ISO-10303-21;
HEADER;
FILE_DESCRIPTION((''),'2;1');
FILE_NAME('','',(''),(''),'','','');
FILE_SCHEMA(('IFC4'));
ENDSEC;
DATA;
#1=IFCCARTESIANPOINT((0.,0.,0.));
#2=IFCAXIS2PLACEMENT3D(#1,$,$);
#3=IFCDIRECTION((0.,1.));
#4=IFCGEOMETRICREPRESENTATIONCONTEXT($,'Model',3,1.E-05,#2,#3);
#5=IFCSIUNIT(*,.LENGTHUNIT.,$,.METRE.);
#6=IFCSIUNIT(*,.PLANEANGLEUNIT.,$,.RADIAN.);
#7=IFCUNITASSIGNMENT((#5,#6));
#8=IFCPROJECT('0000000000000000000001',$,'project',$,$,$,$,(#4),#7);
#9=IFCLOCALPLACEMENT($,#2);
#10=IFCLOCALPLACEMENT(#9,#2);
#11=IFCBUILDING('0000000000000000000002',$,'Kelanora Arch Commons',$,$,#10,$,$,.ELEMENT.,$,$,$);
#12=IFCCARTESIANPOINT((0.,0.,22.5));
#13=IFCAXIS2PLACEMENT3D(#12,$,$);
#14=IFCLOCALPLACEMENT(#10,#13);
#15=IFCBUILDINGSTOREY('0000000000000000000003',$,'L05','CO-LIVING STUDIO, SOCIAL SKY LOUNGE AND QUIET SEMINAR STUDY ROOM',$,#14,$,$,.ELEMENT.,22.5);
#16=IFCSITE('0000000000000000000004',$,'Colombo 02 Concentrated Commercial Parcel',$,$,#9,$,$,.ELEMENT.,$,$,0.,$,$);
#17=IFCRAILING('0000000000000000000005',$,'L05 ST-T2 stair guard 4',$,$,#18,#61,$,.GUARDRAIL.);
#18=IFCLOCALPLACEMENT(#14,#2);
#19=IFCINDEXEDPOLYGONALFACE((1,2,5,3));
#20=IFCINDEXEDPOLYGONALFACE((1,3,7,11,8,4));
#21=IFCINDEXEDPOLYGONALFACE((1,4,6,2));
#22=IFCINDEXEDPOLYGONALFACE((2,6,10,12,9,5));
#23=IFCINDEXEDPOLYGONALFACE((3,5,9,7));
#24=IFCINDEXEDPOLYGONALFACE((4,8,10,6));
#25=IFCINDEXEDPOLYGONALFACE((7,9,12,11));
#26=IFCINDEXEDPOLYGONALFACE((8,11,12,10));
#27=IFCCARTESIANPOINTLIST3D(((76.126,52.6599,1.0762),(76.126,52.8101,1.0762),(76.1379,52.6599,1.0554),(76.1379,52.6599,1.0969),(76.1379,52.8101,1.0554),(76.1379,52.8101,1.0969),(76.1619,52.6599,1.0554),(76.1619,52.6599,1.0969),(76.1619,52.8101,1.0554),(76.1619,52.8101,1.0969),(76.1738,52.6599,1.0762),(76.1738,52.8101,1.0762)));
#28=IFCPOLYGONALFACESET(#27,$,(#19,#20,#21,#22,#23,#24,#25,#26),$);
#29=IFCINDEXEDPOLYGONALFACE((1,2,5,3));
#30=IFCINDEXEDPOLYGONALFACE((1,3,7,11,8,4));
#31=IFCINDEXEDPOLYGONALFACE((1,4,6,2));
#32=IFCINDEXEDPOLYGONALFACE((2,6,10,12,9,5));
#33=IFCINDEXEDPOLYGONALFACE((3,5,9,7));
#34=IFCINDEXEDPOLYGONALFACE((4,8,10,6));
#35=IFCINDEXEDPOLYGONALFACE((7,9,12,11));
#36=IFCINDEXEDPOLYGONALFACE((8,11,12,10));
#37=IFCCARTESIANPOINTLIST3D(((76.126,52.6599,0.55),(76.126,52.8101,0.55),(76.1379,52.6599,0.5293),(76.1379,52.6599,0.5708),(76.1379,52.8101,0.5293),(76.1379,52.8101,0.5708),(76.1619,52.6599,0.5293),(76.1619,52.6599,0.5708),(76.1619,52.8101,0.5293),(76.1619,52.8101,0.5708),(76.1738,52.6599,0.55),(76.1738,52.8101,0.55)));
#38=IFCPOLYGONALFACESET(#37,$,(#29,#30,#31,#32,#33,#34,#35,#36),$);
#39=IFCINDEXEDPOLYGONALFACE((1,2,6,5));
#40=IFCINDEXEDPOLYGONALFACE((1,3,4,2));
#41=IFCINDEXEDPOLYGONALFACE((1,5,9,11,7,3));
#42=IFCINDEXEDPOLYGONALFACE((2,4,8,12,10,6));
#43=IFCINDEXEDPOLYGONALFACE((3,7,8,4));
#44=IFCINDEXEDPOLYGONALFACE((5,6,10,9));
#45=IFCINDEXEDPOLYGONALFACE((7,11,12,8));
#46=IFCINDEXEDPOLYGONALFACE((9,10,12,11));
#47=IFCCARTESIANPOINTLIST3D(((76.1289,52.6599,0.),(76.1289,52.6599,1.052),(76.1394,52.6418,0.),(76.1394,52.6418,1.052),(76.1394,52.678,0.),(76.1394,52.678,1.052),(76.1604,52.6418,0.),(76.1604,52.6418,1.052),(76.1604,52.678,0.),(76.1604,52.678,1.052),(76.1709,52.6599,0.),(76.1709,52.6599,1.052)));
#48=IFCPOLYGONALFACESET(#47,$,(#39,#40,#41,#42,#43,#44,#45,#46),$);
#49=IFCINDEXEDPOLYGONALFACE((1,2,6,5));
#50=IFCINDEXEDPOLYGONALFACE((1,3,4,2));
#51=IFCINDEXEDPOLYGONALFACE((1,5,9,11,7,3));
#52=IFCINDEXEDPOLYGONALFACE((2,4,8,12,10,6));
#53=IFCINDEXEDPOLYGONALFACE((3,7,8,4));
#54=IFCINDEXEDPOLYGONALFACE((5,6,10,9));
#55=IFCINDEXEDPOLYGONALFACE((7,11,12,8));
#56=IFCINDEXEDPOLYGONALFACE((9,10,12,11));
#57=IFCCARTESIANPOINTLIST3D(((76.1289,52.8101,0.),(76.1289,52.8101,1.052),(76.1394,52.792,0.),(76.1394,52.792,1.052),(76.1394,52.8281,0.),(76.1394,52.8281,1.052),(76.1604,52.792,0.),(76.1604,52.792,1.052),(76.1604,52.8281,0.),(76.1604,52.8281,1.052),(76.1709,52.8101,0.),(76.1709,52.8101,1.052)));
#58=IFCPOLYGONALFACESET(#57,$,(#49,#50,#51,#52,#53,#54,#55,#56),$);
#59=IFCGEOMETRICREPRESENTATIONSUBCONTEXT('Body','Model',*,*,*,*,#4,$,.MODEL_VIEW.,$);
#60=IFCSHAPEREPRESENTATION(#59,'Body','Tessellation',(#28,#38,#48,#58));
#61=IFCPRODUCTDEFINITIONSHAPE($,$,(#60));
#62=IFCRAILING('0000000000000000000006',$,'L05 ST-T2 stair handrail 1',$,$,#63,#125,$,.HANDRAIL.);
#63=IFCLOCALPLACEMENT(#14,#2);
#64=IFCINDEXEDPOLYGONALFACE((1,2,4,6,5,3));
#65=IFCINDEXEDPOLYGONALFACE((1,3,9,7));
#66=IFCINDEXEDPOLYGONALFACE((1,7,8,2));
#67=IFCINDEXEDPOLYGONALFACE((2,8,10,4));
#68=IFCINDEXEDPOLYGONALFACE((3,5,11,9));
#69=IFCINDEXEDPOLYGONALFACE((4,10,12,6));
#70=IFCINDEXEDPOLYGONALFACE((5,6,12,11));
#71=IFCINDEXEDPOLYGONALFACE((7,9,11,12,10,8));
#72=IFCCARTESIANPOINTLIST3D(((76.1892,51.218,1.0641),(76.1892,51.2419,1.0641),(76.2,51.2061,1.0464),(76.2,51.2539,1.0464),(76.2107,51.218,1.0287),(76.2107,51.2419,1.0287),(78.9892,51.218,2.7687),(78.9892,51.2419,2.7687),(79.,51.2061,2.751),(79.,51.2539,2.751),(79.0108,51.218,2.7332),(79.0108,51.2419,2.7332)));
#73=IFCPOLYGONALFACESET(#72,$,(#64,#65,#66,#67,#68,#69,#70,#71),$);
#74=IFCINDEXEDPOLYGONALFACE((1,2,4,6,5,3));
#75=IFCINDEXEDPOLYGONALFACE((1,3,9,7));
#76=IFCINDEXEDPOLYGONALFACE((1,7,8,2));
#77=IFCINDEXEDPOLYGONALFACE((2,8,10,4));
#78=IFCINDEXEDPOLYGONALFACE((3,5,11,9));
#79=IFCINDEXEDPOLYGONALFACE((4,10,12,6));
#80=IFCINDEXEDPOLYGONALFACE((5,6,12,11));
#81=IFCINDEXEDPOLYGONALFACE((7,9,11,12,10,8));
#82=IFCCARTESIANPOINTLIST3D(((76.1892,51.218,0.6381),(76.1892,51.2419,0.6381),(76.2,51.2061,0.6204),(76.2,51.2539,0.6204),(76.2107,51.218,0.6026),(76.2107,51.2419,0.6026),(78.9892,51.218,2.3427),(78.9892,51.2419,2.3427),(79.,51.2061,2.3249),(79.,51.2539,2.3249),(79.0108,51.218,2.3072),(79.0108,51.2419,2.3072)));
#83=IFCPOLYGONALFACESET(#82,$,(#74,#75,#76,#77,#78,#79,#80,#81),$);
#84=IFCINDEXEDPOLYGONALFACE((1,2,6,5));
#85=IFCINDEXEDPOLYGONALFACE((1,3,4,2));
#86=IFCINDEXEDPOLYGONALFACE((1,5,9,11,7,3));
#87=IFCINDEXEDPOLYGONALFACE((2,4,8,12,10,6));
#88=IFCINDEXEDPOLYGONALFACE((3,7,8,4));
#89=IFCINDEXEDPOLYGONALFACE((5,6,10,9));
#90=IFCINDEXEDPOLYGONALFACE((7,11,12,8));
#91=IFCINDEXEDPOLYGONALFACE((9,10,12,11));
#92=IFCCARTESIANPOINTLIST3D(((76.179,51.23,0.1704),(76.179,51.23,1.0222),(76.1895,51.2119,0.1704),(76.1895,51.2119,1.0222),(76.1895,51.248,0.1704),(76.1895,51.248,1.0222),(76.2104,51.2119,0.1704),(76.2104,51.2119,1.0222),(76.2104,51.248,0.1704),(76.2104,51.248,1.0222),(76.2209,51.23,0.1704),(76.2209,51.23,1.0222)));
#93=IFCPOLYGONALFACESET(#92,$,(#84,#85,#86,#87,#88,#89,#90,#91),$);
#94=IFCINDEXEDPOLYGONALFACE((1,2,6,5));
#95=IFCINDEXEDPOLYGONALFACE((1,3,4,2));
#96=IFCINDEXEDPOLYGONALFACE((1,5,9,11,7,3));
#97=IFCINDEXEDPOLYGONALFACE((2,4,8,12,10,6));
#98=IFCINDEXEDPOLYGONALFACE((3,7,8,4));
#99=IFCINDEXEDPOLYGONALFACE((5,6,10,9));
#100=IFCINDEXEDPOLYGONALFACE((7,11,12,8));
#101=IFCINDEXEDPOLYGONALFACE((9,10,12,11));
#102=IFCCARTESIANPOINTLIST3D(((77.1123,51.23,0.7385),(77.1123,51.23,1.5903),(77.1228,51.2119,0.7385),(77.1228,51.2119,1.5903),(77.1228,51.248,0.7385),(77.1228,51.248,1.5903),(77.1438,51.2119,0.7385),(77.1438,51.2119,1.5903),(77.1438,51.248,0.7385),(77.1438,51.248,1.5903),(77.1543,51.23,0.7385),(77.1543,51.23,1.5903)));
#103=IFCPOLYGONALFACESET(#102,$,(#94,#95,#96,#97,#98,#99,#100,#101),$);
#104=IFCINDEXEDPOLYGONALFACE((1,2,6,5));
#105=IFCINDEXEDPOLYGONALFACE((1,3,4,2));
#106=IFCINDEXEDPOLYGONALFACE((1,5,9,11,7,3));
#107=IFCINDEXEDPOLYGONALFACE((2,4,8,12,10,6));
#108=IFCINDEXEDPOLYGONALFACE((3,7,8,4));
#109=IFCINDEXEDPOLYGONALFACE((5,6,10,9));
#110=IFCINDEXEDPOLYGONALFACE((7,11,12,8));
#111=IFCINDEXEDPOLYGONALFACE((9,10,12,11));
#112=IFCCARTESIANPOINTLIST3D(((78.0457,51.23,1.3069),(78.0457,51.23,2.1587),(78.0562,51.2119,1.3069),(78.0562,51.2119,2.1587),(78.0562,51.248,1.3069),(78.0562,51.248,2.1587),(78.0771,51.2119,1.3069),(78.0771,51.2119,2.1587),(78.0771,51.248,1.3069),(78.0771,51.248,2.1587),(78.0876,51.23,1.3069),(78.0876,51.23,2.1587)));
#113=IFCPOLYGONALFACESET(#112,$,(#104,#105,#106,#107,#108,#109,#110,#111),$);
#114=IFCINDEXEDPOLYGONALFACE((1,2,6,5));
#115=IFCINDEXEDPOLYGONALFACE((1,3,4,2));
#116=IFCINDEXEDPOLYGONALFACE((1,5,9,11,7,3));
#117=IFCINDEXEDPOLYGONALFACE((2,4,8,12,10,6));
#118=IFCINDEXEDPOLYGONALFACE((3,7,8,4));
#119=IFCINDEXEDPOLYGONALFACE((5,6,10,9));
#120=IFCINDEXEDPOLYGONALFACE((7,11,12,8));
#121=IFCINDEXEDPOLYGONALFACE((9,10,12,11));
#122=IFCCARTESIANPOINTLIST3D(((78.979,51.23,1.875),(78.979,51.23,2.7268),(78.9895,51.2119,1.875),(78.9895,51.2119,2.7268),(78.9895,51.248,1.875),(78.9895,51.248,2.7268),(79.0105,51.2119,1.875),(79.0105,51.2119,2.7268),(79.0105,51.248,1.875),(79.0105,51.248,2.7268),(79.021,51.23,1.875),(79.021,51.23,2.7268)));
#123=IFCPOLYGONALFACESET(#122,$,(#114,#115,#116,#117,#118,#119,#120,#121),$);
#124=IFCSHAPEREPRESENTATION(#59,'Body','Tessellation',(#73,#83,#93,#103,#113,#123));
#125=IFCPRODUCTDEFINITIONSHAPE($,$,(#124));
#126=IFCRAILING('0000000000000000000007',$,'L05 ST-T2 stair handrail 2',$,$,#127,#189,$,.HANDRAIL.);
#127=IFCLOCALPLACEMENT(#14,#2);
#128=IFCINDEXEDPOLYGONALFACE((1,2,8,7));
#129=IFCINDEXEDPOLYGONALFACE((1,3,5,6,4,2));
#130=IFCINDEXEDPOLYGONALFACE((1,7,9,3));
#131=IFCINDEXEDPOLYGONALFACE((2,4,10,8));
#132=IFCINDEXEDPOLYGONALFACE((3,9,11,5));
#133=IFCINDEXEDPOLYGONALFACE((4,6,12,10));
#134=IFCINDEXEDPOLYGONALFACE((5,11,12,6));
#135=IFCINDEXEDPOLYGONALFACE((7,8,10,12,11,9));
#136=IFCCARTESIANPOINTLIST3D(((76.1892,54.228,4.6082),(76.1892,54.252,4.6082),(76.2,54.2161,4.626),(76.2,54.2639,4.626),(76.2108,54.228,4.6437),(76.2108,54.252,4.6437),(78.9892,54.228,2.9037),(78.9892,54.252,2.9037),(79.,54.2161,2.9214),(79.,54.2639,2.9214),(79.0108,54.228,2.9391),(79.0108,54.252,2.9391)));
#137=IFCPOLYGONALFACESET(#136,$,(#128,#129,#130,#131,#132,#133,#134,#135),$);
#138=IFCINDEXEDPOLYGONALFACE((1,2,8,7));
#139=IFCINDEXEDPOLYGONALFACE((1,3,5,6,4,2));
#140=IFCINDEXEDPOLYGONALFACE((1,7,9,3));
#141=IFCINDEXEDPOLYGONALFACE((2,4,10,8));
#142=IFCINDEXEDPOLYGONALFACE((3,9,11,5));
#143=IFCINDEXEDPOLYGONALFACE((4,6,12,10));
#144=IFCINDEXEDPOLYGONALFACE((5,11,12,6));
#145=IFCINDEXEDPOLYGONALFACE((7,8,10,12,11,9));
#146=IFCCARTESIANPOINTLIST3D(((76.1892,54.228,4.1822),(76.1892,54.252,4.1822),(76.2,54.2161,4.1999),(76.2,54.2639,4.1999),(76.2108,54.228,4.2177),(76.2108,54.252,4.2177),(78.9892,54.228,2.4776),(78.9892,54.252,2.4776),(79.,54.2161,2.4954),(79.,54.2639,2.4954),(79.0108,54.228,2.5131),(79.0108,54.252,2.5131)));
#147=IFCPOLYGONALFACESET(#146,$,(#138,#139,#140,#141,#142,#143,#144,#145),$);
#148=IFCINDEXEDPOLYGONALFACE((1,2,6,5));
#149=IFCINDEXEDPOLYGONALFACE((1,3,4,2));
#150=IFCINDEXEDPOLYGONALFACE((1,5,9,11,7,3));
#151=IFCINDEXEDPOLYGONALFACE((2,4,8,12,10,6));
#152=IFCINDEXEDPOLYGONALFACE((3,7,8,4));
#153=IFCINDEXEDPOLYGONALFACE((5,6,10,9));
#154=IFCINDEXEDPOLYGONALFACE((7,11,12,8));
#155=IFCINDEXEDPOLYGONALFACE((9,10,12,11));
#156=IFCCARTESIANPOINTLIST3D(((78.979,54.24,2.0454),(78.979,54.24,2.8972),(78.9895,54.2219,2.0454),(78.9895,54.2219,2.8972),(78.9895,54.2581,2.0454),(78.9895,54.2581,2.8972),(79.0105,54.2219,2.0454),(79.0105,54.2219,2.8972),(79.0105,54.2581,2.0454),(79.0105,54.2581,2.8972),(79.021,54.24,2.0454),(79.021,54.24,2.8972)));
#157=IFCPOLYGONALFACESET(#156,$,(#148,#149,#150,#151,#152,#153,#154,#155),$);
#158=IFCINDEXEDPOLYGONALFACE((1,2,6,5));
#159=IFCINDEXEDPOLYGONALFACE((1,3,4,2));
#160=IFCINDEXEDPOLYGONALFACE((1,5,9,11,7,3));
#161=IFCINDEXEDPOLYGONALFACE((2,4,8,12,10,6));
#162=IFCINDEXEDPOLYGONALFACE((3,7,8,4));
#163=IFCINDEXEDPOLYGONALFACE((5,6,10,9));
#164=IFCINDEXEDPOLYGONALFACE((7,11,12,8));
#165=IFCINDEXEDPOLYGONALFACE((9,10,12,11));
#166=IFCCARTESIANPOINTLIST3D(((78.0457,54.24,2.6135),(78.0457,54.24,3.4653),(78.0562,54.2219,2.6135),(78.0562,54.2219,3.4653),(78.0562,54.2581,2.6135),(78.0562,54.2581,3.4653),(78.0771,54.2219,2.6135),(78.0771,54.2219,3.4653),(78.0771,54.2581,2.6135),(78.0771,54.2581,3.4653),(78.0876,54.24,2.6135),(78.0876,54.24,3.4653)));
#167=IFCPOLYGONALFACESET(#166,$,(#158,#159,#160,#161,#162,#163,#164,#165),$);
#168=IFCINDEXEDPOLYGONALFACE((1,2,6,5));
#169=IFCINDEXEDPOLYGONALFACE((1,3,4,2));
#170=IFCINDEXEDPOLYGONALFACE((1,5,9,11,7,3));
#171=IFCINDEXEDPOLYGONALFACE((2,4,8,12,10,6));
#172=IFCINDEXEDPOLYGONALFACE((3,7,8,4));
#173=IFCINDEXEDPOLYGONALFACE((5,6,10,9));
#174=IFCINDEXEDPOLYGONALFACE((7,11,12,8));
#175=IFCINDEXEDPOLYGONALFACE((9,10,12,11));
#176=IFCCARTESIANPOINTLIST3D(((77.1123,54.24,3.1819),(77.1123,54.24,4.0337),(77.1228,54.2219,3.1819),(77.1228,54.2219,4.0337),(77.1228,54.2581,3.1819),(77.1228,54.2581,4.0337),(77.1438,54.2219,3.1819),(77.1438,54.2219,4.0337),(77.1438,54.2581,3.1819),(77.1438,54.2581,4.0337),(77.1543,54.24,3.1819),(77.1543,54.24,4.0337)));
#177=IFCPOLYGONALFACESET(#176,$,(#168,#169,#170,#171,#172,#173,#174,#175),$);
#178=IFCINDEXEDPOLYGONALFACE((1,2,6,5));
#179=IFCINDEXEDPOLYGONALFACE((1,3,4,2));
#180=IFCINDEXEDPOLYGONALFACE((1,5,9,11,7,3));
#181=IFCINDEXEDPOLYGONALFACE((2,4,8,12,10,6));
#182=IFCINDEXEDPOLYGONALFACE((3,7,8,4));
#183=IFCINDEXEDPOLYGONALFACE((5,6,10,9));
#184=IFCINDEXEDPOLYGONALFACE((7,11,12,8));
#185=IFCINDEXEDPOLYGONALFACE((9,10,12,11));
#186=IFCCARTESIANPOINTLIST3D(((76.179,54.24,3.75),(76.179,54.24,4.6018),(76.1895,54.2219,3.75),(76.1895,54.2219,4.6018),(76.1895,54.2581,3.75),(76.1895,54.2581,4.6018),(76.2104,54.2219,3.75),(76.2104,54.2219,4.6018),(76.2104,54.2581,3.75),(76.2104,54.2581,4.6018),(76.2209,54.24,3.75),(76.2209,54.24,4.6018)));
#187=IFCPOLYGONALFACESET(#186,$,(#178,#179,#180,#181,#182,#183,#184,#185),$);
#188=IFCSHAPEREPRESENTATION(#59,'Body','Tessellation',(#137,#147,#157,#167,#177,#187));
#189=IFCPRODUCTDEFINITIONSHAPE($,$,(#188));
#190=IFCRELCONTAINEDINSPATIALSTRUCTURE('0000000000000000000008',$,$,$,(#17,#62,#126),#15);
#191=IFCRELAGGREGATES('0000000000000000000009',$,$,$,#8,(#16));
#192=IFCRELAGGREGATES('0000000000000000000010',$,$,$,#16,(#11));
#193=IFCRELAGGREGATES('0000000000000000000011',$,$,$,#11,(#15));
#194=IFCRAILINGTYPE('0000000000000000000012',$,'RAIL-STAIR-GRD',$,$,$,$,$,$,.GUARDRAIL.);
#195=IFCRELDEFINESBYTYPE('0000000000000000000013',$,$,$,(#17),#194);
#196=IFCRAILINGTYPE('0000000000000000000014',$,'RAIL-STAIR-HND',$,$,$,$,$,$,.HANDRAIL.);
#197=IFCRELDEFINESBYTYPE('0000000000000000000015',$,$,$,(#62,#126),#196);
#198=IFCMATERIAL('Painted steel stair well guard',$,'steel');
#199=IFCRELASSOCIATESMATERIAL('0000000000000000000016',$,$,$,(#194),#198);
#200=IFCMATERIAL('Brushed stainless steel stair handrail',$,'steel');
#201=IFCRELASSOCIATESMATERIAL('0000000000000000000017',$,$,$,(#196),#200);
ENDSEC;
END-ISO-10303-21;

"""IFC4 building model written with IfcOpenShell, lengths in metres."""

from ifc_helpers import new_model, si_unit, direction, frame, origin, place, context, subcontext, project, spatial, polyline, outline, extrude, material, type_object, element, save


model = new_model("IFC4")

# Units and contexts
model_context = context("Model", 3, precision=1e-05, world=origin(), true_north=direction((0.0, 1.0)))
body_context = subcontext(model_context, "Body", "Model", "MODEL_VIEW")
ifc_project = project(units=[si_unit("LENGTHUNIT", "METRE"), si_unit("PLANEANGLEUNIT", "RADIAN")], contexts=[model_context])

# Site, building, storey
site_placement = place(None, origin())
site = spatial("IfcSite", under=ifc_project, at=site_placement, Name="Colombo 02 Concentrated Commercial Parcel", CompositionType="ELEMENT", RefElevation=0.0)
building_placement = place(site_placement, origin())
building = spatial("IfcBuilding", under=site, at=building_placement, Name="Kelanora Arch Commons", CompositionType="ELEMENT")
storey_placement = place(building_placement, frame((0.0, 0.0, 22.5)))
storey = spatial("IfcBuildingStorey", under=building, at=storey_placement, Name="L05", Description="CO-LIVING STUDIO, SOCIAL SKY LOUNGE AND QUIET SEMINAR STUDY ROOM", CompositionType="ELEMENT", Elevation=22.5)

# Railings
ifc_material_1 = material(Name="Painted steel stair well guard", Category="steel")
railing_type_1 = type_object("IfcRailingType", Name="RAIL-STAIR-GRD", PredefinedType="GUARDRAIL", material=ifc_material_1)
railing_1_placement = place(storey_placement, frame((76.1499, 52.6599, 0.0)))
element("IfcRailing", 1, at=railing_1_placement, inside=storey, type_object=railing_type_1, Name="L05 ST-T2 stair guard 4", PredefinedType="GUARDRAIL", context=body_context, shape_type="SweptSolid", body=[
    extrude(outline(polyline([(0.0239, 0.0), (0.012, 0.0208), (-0.012, 0.0208), (-0.0239, 0.0), (-0.012, -0.0208), (0.012, -0.0208), (0.0239, 0.0)])), frame((0.0, 0.0, 1.0762), z_axis=(0.0, 1.0, 0.0), x_axis=(-1.0, 0.0, 0.0)), (0.0, 0.0, 1.0), 0.1501),
    extrude(outline(polyline([(0.0239, 0.0), (0.012, 0.0208), (-0.012, 0.0208), (-0.0239, 0.0), (-0.012, -0.0208), (0.012, -0.0208), (0.0239, 0.0)])), frame((0.0, 0.0, 0.55), z_axis=(0.0, 1.0, 0.0), x_axis=(-1.0, 0.0, 0.0)), (0.0, 0.0, 1.0), 0.1501),
    extrude(outline(polyline([(0.021, 0.0), (0.0105, 0.0181), (-0.0105, 0.0181), (-0.021, 0.0), (-0.0105, -0.0181), (0.0105, -0.0181), (0.021, 0.0)])), origin(), (0.0, 0.0, 1.0), 1.052),
    extrude(outline(polyline([(0.021, 0.0), (0.0105, 0.0181), (-0.0105, 0.0181), (-0.021, 0.0), (-0.0105, -0.0181), (0.0105, -0.0181), (0.021, 0.0)])), frame((0.0, 0.1501, 0.0)), (0.0, 0.0, 1.0), 1.052),
])
ifc_material_2 = material(Name="Brushed stainless steel stair handrail", Category="steel")
railing_type_2 = type_object("IfcRailingType", Name="RAIL-STAIR-HND", PredefinedType="HANDRAIL", material=ifc_material_2)
railing_2_placement = place(storey_placement, frame((76.2, 51.23, 0.1704)))
element("IfcRailing", 2, at=railing_2_placement, inside=storey, type_object=railing_type_2, Name="L05 ST-T2 stair handrail 1", PredefinedType="HANDRAIL", context=body_context, shape_type="SweptSolid", body=[
    extrude(outline(polyline([(0.0239, 0.0), (0.012, 0.0208), (-0.012, 0.0208), (-0.0239, 0.0), (-0.012, -0.0208), (0.012, -0.0208), (0.0239, 0.0)])), frame((0.0, 0.0, 0.876), z_axis=(0.85417, 0.0, 0.519994), x_axis=(0.0, 1.0, 0.0)), (0.0, 0.0, 1.0), 3.2781),
    extrude(outline(polyline([(0.0239, 0.0), (0.012, 0.0208), (-0.012, 0.0208), (-0.0239, 0.0), (-0.012, -0.0208), (0.012, -0.0208), (0.0239, 0.0)])), frame((0.0, 0.0, 0.45), z_axis=(0.85417, 0.0, 0.519994), x_axis=(0.0, 1.0, 0.0)), (0.0, 0.0, 1.0), 3.2781),
    extrude(outline(polyline([(0.021, 0.0), (0.0105, 0.0181), (-0.0105, 0.0181), (-0.021, 0.0), (-0.0105, -0.0181), (0.0105, -0.0181), (0.021, 0.0)])), origin(), (0.0, 0.0, 1.0), 0.8518),
    extrude(outline(polyline([(0.021, 0.0), (0.0105, 0.0181), (-0.0105, 0.0181), (-0.021, 0.0), (-0.0105, -0.0181), (0.0105, -0.0181), (0.021, 0.0)])), frame((0.9333, 0.0, 0.5681)), (0.0, 0.0, 1.0), 0.8518),
    extrude(outline(polyline([(0.021, 0.0), (0.0105, 0.0181), (-0.0105, 0.0181), (-0.021, 0.0), (-0.0105, -0.0181), (0.0105, -0.0181), (0.021, 0.0)])), frame((1.8667, 0.0, 1.1365)), (0.0, 0.0, 1.0), 0.8518),
    extrude(outline(polyline([(0.021, 0.0), (0.0105, 0.0181), (-0.0105, 0.0181), (-0.021, 0.0), (-0.0105, -0.0181), (0.0105, -0.0181), (0.021, 0.0)])), frame((2.8, 0.0, 1.7046)), (0.0, 0.0, 1.0), 0.8518),
])
railing_3_placement = place(storey_placement, frame((79.0, 54.24, 2.0454)))
element("IfcRailing", 3, at=railing_3_placement, inside=storey, type_object=railing_type_2, Name="L05 ST-T2 stair handrail 2", PredefinedType="HANDRAIL", context=body_context, shape_type="SweptSolid", body=[
    extrude(outline(polyline([(0.0239, 0.0), (0.012, 0.0208), (-0.012, 0.0208), (-0.0239, 0.0), (-0.012, -0.0208), (0.012, -0.0208), (0.0239, 0.0)])), frame((0.0, 0.0, 0.876), z_axis=(-0.85417, 0.0, 0.519994), x_axis=(0.0, -1.0, 0.0)), (0.0, 0.0, 1.0), 3.2781),
    extrude(outline(polyline([(0.0239, 0.0), (0.012, 0.0208), (-0.012, 0.0208), (-0.0239, 0.0), (-0.012, -0.0208), (0.012, -0.0208), (0.0239, 0.0)])), frame((0.0, 0.0, 0.45), z_axis=(-0.85417, 0.0, 0.519994), x_axis=(0.0, -1.0, 0.0)), (0.0, 0.0, 1.0), 3.2781),
    extrude(outline(polyline([(0.021, 0.0), (0.0105, 0.0181), (-0.0105, 0.0181), (-0.021, 0.0), (-0.0105, -0.0181), (0.0105, -0.0181), (0.021, 0.0)])), origin(), (0.0, 0.0, 1.0), 0.8518),
    extrude(outline(polyline([(0.021, 0.0), (0.0105, 0.0181), (-0.0105, 0.0181), (-0.021, 0.0), (-0.0105, -0.0181), (0.0105, -0.0181), (0.021, 0.0)])), frame((-0.9333, 0.0, 0.5681)), (0.0, 0.0, 1.0), 0.8518),
    extrude(outline(polyline([(0.021, 0.0), (0.0105, 0.0181), (-0.0105, 0.0181), (-0.021, 0.0), (-0.0105, -0.0181), (0.0105, -0.0181), (0.021, 0.0)])), frame((-1.8667, 0.0, 1.1365)), (0.0, 0.0, 1.0), 0.8518),
    extrude(outline(polyline([(0.021, 0.0), (0.0105, 0.0181), (-0.0105, 0.0181), (-0.021, 0.0), (-0.0105, -0.0181), (0.0105, -0.0181), (0.021, 0.0)])), frame((-2.8, 0.0, 1.7046)), (0.0, 0.0, 1.0), 0.8518),
])

save(model, "model.ifc")
